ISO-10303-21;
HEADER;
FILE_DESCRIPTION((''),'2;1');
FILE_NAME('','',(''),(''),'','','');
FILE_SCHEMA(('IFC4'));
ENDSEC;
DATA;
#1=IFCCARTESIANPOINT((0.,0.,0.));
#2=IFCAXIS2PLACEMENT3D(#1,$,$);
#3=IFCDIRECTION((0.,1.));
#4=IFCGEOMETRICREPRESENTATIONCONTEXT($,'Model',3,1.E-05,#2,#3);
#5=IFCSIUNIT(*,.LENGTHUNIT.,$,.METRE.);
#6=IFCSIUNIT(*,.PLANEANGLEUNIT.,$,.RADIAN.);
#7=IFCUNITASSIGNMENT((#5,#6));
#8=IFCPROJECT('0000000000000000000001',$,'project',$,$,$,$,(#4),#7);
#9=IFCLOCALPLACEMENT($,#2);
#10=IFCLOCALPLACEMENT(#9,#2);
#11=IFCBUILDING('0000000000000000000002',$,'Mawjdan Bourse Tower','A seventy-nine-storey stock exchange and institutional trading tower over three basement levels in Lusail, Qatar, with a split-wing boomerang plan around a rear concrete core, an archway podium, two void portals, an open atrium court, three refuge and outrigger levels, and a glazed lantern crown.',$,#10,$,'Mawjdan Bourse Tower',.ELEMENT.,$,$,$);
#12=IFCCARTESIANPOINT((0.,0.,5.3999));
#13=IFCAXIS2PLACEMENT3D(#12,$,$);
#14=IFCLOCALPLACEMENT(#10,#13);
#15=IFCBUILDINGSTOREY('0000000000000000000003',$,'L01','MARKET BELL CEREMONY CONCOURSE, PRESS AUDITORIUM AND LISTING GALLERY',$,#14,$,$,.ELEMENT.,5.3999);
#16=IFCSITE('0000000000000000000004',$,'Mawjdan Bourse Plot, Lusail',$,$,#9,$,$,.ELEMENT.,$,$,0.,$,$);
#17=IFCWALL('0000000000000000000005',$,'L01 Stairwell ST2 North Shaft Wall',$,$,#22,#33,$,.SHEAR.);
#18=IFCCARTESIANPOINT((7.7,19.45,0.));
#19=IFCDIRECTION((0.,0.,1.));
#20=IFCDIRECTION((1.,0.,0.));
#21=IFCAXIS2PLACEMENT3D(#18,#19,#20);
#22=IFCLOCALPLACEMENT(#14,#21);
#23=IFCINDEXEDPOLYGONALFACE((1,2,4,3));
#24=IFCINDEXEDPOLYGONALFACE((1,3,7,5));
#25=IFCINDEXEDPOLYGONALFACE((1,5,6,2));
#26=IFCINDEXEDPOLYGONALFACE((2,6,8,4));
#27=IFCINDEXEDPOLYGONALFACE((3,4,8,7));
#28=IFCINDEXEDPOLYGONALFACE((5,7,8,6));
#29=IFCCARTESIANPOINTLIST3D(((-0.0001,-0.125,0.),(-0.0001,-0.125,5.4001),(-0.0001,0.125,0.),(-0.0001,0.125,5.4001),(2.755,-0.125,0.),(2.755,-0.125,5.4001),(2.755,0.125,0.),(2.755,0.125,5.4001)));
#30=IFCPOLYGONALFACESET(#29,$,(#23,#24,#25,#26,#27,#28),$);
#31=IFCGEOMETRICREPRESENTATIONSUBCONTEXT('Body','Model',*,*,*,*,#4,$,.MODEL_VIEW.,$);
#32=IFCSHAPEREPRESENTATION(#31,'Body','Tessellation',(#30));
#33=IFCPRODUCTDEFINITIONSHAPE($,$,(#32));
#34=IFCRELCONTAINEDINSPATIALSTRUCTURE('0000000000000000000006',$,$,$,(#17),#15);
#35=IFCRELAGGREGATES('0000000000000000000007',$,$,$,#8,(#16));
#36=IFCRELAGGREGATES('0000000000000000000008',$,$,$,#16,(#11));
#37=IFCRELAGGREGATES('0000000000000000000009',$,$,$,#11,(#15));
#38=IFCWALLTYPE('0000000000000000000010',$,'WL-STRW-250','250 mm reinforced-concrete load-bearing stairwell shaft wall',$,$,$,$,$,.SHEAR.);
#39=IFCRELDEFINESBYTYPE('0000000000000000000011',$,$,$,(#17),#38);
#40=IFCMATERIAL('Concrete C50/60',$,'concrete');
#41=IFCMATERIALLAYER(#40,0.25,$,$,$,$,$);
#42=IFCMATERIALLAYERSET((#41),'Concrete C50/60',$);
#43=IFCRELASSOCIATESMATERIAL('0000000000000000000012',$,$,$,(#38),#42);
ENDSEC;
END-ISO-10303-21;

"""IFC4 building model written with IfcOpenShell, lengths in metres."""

from ifc_helpers import new_model, si_unit, direction, frame, frame_2d, origin, place, context, subcontext, project, spatial, rectangle, extrude, material, layer, layer_set, type_object, element, save


model = new_model("IFC4")

# Units and contexts
model_context = context("Model", 3, precision=1e-05, world=origin(), true_north=direction((0.0, 1.0)))
body_context = subcontext(model_context, "Body", "Model", "MODEL_VIEW")
ifc_project = project(units=[si_unit("LENGTHUNIT", "METRE"), si_unit("PLANEANGLEUNIT", "RADIAN")], contexts=[model_context])

# Site, building, storey
site_placement = place(None, origin())
site = spatial("IfcSite", under=ifc_project, at=site_placement, Name="Mawjdan Bourse Plot, Lusail", CompositionType="ELEMENT", RefElevation=0.0)
building_placement = place(site_placement, origin())
building = spatial("IfcBuilding", under=site, at=building_placement, Name="Mawjdan Bourse Tower", Description="A seventy-nine-storey stock exchange and institutional trading tower over three basement levels in Lusail, Qatar, with a split-wing boomerang plan around a rear concrete core, an archway podium, two void portals, an open atrium court, three refuge and outrigger levels, and a glazed lantern crown.", LongName="Mawjdan Bourse Tower", CompositionType="ELEMENT")
storey_placement = place(building_placement, frame((0.0, 0.0, 5.3999)))
storey = spatial("IfcBuildingStorey", under=building, at=storey_placement, Name="L01", Description="MARKET BELL CEREMONY CONCOURSE, PRESS AUDITORIUM AND LISTING GALLERY", CompositionType="ELEMENT", Elevation=5.3999)

# Wall
ifc_material_1 = material(Name="Concrete C50/60", Category="concrete")
ifc_layer_1 = layer(ifc_material_1, 0.25)
ifc_layer_set_1 = layer_set([ifc_layer_1], Name="Concrete C50/60")
wall_type_1 = type_object("IfcWallType", Name="WL-STRW-250", Description="250 mm reinforced-concrete load-bearing stairwell shaft wall", PredefinedType="SHEAR", material=ifc_layer_set_1)
wall_1_placement = place(storey_placement, frame((7.7, 19.45, 0.0), z_axis=(0.0, 0.0, 1.0), x_axis=(1.0, 0.0, 0.0)))
element("IfcWall", 1, at=wall_1_placement, inside=storey, type_object=wall_type_1, Name="L01 Stairwell ST2 North Shaft Wall", PredefinedType="SHEAR", context=body_context, shape_type="SweptSolid", body=[
    extrude(rectangle(XDim=2.7551, YDim=0.25, at=frame_2d((1.3774, 0.0))), origin(), (0.0, 0.0, 1.0), 5.4001),
])

save(model, "model.ifc")
